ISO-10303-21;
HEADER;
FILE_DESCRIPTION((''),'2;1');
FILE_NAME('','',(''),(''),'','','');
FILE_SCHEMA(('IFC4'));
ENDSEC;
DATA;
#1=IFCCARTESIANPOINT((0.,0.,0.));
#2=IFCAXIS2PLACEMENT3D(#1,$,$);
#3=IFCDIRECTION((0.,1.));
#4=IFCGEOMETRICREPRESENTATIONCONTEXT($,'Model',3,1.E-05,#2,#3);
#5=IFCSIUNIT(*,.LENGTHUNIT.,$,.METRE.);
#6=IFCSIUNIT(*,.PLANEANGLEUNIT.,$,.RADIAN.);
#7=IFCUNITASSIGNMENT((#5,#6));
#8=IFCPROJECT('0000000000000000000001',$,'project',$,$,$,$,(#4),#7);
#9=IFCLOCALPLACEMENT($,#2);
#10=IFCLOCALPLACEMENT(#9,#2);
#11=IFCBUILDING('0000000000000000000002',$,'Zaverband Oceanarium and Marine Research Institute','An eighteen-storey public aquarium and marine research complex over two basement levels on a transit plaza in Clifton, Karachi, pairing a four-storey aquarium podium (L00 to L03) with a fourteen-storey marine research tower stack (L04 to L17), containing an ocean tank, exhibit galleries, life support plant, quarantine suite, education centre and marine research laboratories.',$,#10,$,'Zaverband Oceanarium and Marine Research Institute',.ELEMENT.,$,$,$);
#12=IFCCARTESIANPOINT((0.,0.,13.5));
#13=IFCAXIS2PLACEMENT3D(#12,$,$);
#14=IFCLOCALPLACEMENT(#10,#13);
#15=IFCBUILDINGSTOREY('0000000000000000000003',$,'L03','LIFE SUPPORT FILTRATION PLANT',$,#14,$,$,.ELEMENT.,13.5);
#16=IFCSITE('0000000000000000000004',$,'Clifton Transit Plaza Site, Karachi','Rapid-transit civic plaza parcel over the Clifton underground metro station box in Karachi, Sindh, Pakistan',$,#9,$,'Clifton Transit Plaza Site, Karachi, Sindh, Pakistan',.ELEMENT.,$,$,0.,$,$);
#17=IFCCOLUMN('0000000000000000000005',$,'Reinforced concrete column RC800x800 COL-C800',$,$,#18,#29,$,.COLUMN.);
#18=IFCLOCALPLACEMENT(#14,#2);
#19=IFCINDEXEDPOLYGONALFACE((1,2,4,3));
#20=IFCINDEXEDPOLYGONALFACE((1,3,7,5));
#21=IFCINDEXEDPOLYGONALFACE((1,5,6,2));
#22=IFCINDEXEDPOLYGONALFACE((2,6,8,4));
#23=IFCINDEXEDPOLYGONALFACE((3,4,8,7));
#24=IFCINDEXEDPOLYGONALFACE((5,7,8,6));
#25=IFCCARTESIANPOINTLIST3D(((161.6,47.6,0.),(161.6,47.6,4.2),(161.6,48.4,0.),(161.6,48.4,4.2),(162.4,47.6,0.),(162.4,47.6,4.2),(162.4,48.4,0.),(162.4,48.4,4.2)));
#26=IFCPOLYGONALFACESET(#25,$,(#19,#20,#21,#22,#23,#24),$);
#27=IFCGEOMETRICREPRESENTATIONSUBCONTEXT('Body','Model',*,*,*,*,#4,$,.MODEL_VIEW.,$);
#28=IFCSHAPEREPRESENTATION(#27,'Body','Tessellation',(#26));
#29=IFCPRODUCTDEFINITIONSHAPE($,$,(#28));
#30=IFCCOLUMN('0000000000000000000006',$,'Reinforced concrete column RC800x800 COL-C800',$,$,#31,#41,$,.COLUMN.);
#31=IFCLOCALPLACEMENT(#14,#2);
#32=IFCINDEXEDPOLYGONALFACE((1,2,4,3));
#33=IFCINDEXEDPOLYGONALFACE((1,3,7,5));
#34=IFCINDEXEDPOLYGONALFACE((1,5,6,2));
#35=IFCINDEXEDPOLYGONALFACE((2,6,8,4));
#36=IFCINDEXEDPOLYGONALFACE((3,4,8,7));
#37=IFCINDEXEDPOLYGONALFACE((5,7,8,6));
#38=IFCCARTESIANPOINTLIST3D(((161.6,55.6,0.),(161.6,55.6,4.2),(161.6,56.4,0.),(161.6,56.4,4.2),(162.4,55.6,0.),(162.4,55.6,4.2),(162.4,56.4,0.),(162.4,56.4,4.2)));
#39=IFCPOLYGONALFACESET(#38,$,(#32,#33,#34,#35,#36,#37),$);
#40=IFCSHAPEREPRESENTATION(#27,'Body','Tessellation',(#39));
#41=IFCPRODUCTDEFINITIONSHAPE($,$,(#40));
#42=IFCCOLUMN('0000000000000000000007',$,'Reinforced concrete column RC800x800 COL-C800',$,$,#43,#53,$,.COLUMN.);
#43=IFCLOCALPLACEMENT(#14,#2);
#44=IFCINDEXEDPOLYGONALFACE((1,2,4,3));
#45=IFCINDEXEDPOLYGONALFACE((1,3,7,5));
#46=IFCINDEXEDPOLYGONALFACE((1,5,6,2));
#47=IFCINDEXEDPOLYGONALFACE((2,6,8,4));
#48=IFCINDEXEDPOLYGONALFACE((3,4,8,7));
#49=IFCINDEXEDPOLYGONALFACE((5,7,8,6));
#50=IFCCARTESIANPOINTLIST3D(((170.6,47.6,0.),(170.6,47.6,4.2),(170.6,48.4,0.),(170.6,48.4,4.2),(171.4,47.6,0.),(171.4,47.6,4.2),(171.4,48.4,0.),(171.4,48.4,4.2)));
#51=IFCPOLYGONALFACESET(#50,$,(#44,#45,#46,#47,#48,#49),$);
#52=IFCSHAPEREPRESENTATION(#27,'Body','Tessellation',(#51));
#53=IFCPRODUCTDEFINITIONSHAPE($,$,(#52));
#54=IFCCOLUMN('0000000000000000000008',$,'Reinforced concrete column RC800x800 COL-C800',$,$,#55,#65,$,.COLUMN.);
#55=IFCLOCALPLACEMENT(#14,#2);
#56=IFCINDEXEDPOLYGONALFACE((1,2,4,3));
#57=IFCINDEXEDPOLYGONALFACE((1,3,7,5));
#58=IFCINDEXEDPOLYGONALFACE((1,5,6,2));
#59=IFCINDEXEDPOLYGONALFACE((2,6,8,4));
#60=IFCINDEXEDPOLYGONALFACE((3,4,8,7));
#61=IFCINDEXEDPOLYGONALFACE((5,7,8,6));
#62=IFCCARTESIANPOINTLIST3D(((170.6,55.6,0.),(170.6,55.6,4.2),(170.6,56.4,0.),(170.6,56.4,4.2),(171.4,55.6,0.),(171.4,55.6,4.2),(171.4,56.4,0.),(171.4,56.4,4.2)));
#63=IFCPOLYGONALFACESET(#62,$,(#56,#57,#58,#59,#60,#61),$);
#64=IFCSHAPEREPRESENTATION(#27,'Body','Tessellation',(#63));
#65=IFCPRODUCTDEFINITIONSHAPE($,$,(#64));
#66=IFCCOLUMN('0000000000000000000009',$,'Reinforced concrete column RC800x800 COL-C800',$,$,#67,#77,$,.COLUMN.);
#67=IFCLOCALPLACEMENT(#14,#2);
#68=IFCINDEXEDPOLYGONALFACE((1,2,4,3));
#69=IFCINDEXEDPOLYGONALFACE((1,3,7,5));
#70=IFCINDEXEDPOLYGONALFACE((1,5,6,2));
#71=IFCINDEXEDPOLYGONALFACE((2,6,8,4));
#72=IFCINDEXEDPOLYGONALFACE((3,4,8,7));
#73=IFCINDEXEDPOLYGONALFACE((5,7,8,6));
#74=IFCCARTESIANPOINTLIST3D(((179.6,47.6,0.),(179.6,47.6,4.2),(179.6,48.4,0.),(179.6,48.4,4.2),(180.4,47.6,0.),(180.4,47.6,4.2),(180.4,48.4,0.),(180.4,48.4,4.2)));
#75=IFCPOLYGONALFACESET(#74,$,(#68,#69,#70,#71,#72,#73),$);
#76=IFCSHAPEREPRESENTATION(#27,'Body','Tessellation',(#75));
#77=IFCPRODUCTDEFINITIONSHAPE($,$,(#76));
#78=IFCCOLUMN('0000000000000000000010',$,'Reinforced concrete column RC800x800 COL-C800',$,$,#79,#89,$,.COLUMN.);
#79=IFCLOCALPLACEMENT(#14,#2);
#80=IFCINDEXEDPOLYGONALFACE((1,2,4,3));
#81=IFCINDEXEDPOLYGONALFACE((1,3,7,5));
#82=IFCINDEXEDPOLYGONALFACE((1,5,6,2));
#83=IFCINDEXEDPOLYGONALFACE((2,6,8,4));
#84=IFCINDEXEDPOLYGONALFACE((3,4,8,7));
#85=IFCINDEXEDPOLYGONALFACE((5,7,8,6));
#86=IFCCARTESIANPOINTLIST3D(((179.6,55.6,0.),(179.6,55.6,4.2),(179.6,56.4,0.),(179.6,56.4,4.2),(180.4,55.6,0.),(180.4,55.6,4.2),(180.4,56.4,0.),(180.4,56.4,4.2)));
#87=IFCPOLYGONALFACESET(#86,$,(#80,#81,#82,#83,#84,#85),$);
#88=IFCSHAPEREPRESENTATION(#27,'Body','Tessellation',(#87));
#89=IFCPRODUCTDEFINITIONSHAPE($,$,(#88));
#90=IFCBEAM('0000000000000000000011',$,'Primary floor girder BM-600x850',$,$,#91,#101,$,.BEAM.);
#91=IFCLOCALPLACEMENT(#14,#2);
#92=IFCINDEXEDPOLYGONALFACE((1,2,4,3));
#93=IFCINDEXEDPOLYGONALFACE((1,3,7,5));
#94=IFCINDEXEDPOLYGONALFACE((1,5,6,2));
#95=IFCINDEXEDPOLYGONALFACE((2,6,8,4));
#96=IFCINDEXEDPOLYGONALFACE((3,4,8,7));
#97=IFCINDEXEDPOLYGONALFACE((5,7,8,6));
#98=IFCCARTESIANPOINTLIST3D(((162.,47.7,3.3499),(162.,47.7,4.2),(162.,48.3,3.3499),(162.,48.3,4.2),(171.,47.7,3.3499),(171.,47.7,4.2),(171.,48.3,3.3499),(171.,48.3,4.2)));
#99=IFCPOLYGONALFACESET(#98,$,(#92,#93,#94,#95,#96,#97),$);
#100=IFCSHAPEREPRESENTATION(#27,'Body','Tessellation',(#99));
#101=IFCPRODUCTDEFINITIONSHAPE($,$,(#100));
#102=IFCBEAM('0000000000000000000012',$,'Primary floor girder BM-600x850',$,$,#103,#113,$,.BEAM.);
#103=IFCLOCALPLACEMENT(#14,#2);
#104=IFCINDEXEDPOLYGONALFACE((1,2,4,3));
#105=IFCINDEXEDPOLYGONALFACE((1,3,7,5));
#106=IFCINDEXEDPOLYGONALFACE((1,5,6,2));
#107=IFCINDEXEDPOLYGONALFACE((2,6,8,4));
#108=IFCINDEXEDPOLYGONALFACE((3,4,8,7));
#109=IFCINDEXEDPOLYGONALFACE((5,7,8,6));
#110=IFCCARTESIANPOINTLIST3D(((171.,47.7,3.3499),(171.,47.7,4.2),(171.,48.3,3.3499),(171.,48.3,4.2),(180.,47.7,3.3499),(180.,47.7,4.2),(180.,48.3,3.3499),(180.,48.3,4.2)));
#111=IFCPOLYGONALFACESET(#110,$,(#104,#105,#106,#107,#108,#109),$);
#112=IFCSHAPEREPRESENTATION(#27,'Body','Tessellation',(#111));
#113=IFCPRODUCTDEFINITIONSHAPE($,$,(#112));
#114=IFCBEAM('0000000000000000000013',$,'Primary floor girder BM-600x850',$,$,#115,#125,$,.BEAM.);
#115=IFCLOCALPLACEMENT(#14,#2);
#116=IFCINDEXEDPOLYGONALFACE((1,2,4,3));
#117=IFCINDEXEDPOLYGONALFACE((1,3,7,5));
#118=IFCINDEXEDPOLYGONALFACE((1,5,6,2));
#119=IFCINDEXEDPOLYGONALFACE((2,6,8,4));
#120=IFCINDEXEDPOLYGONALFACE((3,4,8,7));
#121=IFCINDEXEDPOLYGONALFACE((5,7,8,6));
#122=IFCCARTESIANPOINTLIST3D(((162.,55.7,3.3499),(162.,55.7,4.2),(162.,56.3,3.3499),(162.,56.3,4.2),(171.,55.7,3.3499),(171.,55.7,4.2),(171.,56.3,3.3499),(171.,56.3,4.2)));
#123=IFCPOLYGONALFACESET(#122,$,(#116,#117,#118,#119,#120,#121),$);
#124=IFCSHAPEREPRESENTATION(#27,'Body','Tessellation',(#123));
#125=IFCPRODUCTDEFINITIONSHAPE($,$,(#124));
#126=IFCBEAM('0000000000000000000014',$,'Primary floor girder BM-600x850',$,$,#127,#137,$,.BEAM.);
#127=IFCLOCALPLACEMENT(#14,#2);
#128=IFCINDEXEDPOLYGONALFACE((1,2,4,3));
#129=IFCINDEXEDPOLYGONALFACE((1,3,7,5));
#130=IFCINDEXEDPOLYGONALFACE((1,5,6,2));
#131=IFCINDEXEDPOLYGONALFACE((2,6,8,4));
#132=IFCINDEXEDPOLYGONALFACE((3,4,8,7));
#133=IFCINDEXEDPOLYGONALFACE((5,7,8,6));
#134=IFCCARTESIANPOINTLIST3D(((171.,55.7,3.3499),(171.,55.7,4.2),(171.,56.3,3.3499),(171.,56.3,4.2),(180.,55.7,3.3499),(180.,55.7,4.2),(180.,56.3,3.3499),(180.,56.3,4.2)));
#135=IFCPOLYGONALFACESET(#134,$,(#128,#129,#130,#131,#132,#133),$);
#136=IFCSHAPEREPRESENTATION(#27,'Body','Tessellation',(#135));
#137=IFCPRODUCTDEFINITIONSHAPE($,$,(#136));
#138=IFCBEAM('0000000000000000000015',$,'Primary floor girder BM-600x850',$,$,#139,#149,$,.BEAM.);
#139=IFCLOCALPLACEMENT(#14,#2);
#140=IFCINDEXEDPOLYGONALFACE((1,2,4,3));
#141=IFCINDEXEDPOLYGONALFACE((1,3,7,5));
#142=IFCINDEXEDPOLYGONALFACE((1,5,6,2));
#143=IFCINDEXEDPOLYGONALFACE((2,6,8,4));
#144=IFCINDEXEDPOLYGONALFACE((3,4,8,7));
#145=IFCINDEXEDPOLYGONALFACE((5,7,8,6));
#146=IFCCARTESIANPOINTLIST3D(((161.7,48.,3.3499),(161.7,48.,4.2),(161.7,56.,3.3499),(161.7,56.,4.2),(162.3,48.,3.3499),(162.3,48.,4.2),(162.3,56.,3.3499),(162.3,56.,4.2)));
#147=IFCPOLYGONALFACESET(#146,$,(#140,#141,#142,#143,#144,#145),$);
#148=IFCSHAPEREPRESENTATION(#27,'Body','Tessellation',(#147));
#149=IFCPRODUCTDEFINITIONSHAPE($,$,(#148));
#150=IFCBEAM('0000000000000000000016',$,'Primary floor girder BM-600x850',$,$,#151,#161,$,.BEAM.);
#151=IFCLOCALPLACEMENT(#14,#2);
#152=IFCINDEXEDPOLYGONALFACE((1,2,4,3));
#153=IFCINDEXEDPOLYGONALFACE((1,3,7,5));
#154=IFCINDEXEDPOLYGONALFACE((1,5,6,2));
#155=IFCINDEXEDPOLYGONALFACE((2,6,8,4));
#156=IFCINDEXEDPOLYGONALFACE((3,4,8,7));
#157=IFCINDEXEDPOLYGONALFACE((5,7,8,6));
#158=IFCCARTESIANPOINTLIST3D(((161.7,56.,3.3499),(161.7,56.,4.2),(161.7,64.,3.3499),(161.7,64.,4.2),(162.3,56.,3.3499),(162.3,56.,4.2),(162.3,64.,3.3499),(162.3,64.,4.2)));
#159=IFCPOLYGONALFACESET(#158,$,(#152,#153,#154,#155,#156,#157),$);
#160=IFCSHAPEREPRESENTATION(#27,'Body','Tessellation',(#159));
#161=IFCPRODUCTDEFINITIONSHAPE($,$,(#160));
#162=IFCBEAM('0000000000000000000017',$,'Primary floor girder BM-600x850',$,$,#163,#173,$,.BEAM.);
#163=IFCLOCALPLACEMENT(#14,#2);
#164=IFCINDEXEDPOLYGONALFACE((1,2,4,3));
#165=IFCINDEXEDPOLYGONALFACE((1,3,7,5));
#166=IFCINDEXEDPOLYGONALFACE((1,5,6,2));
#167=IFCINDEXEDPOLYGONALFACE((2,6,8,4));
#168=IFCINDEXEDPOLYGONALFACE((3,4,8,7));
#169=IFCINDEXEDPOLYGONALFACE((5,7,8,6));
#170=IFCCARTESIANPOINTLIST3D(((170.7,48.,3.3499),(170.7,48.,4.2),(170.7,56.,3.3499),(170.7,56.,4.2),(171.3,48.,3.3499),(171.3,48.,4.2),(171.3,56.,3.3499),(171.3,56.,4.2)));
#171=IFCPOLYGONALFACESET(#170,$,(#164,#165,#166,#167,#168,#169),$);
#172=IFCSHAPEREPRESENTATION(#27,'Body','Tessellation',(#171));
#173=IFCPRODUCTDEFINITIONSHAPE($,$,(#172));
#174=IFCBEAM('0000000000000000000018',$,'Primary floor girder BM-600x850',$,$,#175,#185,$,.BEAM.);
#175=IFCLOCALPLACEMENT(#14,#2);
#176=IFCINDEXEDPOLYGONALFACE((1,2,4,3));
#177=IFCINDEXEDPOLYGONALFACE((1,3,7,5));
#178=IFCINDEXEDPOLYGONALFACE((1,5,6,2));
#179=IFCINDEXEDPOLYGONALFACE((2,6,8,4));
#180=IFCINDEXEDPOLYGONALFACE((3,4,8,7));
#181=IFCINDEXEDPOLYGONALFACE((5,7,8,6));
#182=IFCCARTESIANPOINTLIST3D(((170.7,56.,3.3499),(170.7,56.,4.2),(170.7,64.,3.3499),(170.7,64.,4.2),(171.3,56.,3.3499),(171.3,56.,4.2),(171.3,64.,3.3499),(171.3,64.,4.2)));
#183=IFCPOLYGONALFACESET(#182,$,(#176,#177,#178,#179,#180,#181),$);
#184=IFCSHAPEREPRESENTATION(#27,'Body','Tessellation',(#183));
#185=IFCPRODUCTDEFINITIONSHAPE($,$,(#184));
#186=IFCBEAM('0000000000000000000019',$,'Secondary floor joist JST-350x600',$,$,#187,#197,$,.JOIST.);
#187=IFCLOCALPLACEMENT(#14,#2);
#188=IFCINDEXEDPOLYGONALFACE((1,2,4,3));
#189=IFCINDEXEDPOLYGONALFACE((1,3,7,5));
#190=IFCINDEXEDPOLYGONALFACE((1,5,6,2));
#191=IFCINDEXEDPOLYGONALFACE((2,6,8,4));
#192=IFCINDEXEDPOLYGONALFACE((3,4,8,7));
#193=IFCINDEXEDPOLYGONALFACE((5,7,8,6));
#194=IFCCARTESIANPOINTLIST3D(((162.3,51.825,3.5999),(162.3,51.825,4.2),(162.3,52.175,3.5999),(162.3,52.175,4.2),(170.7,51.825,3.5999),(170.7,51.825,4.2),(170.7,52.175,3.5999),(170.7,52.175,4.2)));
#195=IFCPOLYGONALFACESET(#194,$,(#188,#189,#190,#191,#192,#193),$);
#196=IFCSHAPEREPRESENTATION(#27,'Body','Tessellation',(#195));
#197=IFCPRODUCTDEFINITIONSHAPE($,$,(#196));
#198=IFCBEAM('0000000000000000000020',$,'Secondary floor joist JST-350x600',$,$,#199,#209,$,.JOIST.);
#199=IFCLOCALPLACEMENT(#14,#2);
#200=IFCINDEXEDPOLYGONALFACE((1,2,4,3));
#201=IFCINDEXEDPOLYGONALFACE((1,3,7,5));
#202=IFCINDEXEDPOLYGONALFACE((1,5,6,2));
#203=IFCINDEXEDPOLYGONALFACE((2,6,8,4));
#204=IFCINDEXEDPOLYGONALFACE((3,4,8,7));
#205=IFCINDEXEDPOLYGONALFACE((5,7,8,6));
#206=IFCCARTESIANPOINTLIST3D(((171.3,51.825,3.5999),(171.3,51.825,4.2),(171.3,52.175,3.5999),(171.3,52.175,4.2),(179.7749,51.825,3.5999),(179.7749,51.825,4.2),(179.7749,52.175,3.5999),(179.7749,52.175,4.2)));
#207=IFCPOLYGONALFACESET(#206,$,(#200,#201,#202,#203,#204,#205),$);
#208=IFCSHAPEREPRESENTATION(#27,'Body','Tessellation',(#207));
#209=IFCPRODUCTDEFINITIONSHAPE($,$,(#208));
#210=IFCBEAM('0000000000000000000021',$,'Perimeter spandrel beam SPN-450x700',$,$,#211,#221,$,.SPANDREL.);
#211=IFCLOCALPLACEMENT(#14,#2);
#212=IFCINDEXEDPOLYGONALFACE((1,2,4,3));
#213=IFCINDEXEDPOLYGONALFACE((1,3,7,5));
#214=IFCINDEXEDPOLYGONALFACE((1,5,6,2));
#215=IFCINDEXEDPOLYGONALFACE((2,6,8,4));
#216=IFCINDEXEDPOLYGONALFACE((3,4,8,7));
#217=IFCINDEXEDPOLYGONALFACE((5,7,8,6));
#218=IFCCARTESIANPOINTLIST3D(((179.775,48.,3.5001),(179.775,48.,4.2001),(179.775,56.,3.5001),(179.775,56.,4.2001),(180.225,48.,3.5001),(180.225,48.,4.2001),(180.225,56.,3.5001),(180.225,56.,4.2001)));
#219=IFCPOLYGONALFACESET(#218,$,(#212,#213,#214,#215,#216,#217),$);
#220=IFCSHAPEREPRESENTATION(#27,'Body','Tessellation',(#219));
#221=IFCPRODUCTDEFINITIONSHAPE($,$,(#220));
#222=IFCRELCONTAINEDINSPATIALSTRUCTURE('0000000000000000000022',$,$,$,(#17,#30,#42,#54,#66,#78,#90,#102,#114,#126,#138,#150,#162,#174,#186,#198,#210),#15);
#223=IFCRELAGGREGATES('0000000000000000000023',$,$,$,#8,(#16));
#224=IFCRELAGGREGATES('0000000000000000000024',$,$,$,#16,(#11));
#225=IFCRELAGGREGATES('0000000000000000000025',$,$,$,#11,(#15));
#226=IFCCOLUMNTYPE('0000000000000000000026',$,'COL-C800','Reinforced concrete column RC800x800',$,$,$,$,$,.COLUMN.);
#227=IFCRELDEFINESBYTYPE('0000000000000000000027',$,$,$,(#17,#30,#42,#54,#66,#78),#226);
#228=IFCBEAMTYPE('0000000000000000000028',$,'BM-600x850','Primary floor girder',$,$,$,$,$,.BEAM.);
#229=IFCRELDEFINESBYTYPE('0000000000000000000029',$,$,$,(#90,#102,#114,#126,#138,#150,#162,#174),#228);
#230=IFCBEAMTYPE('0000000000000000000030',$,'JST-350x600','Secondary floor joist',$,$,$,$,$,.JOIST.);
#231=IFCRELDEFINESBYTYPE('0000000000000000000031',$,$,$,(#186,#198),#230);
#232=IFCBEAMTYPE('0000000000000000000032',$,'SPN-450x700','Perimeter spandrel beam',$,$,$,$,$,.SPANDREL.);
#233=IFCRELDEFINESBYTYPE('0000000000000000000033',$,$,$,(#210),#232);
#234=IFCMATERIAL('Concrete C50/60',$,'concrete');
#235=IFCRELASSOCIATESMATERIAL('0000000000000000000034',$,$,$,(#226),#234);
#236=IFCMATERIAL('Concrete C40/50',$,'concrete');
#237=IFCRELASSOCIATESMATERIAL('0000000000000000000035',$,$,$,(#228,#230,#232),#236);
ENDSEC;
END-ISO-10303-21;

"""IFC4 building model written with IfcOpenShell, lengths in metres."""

from ifc_helpers import new_model, si_unit, direction, frame, origin, origin_2d, place, context, subcontext, project, spatial, rectangle, extrude, material, material_profile, profile_set, type_object, element, save


model = new_model("IFC4")

# Units and contexts
model_context = context("Model", 3, precision=1e-05, world=origin(), true_north=direction((0.0, 1.0)))
body_context = subcontext(model_context, "Body", "Model", "MODEL_VIEW")
ifc_project = project(units=[si_unit("LENGTHUNIT", "METRE"), si_unit("PLANEANGLEUNIT", "RADIAN")], contexts=[model_context])

# Site, building, storey
site_placement = place(None, origin())
site = spatial("IfcSite", under=ifc_project, at=site_placement, Name="Clifton Transit Plaza Site, Karachi", Description="Rapid-transit civic plaza parcel over the Clifton underground metro station box in Karachi, Sindh, Pakistan", LongName="Clifton Transit Plaza Site, Karachi, Sindh, Pakistan", CompositionType="ELEMENT", RefElevation=0.0)
building_placement = place(site_placement, origin())
building = spatial("IfcBuilding", under=site, at=building_placement, Name="Zaverband Oceanarium and Marine Research Institute", Description="An eighteen-storey public aquarium and marine research complex over two basement levels on a transit plaza in Clifton, Karachi, pairing a four-storey aquarium podium (L00 to L03) with a fourteen-storey marine research tower stack (L04 to L17), containing an ocean tank, exhibit galleries, life support plant, quarantine suite, education centre and marine research laboratories.", LongName="Zaverband Oceanarium and Marine Research Institute", CompositionType="ELEMENT")
storey_placement = place(building_placement, frame((0.0, 0.0, 13.5)))
storey = spatial("IfcBuildingStorey", under=building, at=storey_placement, Name="L03", Description="LIFE SUPPORT FILTRATION PLANT", CompositionType="ELEMENT", Elevation=13.5)

# Columns
ifc_material_1 = material(Name="Concrete C50/60", Category="concrete")
ifc_material_profile_1 = material_profile(ifc_material_1, rectangle(XDim=0.8, YDim=0.8, at=origin_2d()), Name="RC800x800")
ifc_profile_set_1 = profile_set([ifc_material_profile_1], Name="Concrete C50/60")
column_type = type_object("IfcColumnType", Name="COL-C800", Description="Reinforced concrete column RC800x800", PredefinedType="COLUMN", material=ifc_profile_set_1)
for number, where, z_axis, x_axis, name in (
    (1, (162.0, 48.0, 0.0), (0.0, 0.0, 1.0), (1.0, 0.0, 0.0), "Reinforced concrete column RC800x800 COL-C800"),
    (2, (162.0, 56.0, 0.0), (0.0, 0.0, 1.0), (1.0, 0.0, 0.0), "Reinforced concrete column RC800x800 COL-C800"),
    (3, (171.0, 48.0, 0.0), (0.0, 0.0, 1.0), (1.0, 0.0, 0.0), "Reinforced concrete column RC800x800 COL-C800"),
    (4, (171.0, 56.0, 0.0), (0.0, 0.0, 1.0), (1.0, 0.0, 0.0), "Reinforced concrete column RC800x800 COL-C800"),
    (5, (180.0, 48.0, 0.0), (0.0, 0.0, 1.0), (1.0, 0.0, 0.0), "Reinforced concrete column RC800x800 COL-C800"),
    (6, (180.0, 56.0, 0.0), (0.0, 0.0, 1.0), (1.0, 0.0, 0.0), "Reinforced concrete column RC800x800 COL-C800"),
):
    element("IfcColumn", number, at=place(storey_placement, frame(where, z_axis=z_axis, x_axis=x_axis)), inside=storey, type_object=column_type, Name=name, PredefinedType="COLUMN", context=body_context, shape_type="SweptSolid", body=[
        extrude(rectangle(XDim=0.8, YDim=0.8, at=origin_2d()), origin(), (0.0, 0.0, 1.0), 4.2),
    ])

# Beams
ifc_material_2 = material(Name="Concrete C40/50", Category="concrete")
ifc_material_profile_2 = material_profile(ifc_material_2, rectangle(XDim=0.6001, YDim=0.8501, at=origin_2d()), Name="RC600x850")
ifc_profile_set_2 = profile_set([ifc_material_profile_2], Name="Concrete C40/50")
beam_type_1 = type_object("IfcBeamType", Name="BM-600x850", Description="Primary floor girder", PredefinedType="BEAM", material=ifc_profile_set_2)
for number, where, z_axis, x_axis, name in (
    (7, (162.0, 48.0, 3.7749), (1.0, 0.0, 0.0), (0.0, 1.0, 0.0), "Primary floor girder BM-600x850"),
    (8, (171.0, 48.0, 3.7749), (1.0, 0.0, 0.0), (0.0, 1.0, 0.0), "Primary floor girder BM-600x850"),
    (9, (162.0, 56.0, 3.7749), (1.0, 0.0, 0.0), (0.0, 1.0, 0.0), "Primary floor girder BM-600x850"),
    (10, (171.0, 56.0, 3.7749), (1.0, 0.0, 0.0), (0.0, 1.0, 0.0), "Primary floor girder BM-600x850"),
):
    element("IfcBeam", number, at=place(storey_placement, frame(where, z_axis=z_axis, x_axis=x_axis)), inside=storey, type_object=beam_type_1, Name=name, PredefinedType="BEAM", context=body_context, shape_type="SweptSolid", body=[
        extrude(rectangle(XDim=0.6001, YDim=0.8501, at=origin_2d()), origin(), (0.0, 0.0, 1.0), 9.0),
    ])
for number, where, z_axis, x_axis, name in (
    (11, (162.0, 48.0, 3.7749), (0.0, 1.0, 0.0), (-1.0, 0.0, 0.0), "Primary floor girder BM-600x850"),
    (12, (162.0, 56.0, 3.7749), (0.0, 1.0, 0.0), (-1.0, 0.0, 0.0), "Primary floor girder BM-600x850"),
    (13, (171.0, 48.0, 3.7749), (0.0, 1.0, 0.0), (-1.0, 0.0, 0.0), "Primary floor girder BM-600x850"),
    (14, (171.0, 56.0, 3.7749), (0.0, 1.0, 0.0), (-1.0, 0.0, 0.0), "Primary floor girder BM-600x850"),
):
    element("IfcBeam", number, at=place(storey_placement, frame(where, z_axis=z_axis, x_axis=x_axis)), inside=storey, type_object=beam_type_1, Name=name, PredefinedType="BEAM", context=body_context, shape_type="SweptSolid", body=[
        extrude(rectangle(XDim=0.6001, YDim=0.8501, at=origin_2d()), origin(), (0.0, 0.0, 1.0), 8.0),
    ])
ifc_material_profile_3 = material_profile(ifc_material_2, rectangle(XDim=0.3501, YDim=0.6001, at=origin_2d()), Name="RC350x600")
ifc_profile_set_3 = profile_set([ifc_material_profile_3], Name="Concrete C40/50")
beam_type_2 = type_object("IfcBeamType", Name="JST-350x600", Description="Secondary floor joist", PredefinedType="JOIST", material=ifc_profile_set_3)
beam_1_placement = place(storey_placement, frame((162.3, 52.0, 3.8999), z_axis=(1.0, 0.0, 0.0), x_axis=(0.0, 1.0, 0.0)))
element("IfcBeam", 15, at=beam_1_placement, inside=storey, type_object=beam_type_2, Name="Secondary floor joist JST-350x600", PredefinedType="JOIST", context=body_context, shape_type="SweptSolid", body=[
    extrude(rectangle(XDim=0.3501, YDim=0.6001, at=origin_2d()), origin(), (0.0, 0.0, 1.0), 8.3999),
])
beam_2_placement = place(storey_placement, frame((171.3, 52.0, 3.8999), z_axis=(1.0, 0.0, 0.0), x_axis=(0.0, 1.0, 0.0)))
element("IfcBeam", 16, at=beam_2_placement, inside=storey, type_object=beam_type_2, Name="Secondary floor joist JST-350x600", PredefinedType="JOIST", context=body_context, shape_type="SweptSolid", body=[
    extrude(rectangle(XDim=0.3501, YDim=0.6001, at=origin_2d()), origin(), (0.0, 0.0, 1.0), 8.4749),
])
ifc_material_profile_4 = material_profile(ifc_material_2, rectangle(XDim=0.45, YDim=0.7, at=origin_2d()), Name="RC450x700")
ifc_profile_set_4 = profile_set([ifc_material_profile_4], Name="Concrete C40/50")
beam_type_3 = type_object("IfcBeamType", Name="SPN-450x700", Description="Perimeter spandrel beam", PredefinedType="SPANDREL", material=ifc_profile_set_4)
for number, where, z_axis, x_axis, name in (
    (17, (180.0, 48.0, 3.8501), (0.0, 1.0, 0.0), (-1.0, 0.0, 0.0), "Perimeter spandrel beam SPN-450x700"),
):
    element("IfcBeam", number, at=place(storey_placement, frame(where, z_axis=z_axis, x_axis=x_axis)), inside=storey, type_object=beam_type_3, Name=name, PredefinedType="SPANDREL", context=body_context, shape_type="SweptSolid", body=[
        extrude(rectangle(XDim=0.45, YDim=0.7, at=origin_2d()), origin(), (0.0, 0.0, 1.0), 8.0),
    ])

save(model, "model.ifc")
